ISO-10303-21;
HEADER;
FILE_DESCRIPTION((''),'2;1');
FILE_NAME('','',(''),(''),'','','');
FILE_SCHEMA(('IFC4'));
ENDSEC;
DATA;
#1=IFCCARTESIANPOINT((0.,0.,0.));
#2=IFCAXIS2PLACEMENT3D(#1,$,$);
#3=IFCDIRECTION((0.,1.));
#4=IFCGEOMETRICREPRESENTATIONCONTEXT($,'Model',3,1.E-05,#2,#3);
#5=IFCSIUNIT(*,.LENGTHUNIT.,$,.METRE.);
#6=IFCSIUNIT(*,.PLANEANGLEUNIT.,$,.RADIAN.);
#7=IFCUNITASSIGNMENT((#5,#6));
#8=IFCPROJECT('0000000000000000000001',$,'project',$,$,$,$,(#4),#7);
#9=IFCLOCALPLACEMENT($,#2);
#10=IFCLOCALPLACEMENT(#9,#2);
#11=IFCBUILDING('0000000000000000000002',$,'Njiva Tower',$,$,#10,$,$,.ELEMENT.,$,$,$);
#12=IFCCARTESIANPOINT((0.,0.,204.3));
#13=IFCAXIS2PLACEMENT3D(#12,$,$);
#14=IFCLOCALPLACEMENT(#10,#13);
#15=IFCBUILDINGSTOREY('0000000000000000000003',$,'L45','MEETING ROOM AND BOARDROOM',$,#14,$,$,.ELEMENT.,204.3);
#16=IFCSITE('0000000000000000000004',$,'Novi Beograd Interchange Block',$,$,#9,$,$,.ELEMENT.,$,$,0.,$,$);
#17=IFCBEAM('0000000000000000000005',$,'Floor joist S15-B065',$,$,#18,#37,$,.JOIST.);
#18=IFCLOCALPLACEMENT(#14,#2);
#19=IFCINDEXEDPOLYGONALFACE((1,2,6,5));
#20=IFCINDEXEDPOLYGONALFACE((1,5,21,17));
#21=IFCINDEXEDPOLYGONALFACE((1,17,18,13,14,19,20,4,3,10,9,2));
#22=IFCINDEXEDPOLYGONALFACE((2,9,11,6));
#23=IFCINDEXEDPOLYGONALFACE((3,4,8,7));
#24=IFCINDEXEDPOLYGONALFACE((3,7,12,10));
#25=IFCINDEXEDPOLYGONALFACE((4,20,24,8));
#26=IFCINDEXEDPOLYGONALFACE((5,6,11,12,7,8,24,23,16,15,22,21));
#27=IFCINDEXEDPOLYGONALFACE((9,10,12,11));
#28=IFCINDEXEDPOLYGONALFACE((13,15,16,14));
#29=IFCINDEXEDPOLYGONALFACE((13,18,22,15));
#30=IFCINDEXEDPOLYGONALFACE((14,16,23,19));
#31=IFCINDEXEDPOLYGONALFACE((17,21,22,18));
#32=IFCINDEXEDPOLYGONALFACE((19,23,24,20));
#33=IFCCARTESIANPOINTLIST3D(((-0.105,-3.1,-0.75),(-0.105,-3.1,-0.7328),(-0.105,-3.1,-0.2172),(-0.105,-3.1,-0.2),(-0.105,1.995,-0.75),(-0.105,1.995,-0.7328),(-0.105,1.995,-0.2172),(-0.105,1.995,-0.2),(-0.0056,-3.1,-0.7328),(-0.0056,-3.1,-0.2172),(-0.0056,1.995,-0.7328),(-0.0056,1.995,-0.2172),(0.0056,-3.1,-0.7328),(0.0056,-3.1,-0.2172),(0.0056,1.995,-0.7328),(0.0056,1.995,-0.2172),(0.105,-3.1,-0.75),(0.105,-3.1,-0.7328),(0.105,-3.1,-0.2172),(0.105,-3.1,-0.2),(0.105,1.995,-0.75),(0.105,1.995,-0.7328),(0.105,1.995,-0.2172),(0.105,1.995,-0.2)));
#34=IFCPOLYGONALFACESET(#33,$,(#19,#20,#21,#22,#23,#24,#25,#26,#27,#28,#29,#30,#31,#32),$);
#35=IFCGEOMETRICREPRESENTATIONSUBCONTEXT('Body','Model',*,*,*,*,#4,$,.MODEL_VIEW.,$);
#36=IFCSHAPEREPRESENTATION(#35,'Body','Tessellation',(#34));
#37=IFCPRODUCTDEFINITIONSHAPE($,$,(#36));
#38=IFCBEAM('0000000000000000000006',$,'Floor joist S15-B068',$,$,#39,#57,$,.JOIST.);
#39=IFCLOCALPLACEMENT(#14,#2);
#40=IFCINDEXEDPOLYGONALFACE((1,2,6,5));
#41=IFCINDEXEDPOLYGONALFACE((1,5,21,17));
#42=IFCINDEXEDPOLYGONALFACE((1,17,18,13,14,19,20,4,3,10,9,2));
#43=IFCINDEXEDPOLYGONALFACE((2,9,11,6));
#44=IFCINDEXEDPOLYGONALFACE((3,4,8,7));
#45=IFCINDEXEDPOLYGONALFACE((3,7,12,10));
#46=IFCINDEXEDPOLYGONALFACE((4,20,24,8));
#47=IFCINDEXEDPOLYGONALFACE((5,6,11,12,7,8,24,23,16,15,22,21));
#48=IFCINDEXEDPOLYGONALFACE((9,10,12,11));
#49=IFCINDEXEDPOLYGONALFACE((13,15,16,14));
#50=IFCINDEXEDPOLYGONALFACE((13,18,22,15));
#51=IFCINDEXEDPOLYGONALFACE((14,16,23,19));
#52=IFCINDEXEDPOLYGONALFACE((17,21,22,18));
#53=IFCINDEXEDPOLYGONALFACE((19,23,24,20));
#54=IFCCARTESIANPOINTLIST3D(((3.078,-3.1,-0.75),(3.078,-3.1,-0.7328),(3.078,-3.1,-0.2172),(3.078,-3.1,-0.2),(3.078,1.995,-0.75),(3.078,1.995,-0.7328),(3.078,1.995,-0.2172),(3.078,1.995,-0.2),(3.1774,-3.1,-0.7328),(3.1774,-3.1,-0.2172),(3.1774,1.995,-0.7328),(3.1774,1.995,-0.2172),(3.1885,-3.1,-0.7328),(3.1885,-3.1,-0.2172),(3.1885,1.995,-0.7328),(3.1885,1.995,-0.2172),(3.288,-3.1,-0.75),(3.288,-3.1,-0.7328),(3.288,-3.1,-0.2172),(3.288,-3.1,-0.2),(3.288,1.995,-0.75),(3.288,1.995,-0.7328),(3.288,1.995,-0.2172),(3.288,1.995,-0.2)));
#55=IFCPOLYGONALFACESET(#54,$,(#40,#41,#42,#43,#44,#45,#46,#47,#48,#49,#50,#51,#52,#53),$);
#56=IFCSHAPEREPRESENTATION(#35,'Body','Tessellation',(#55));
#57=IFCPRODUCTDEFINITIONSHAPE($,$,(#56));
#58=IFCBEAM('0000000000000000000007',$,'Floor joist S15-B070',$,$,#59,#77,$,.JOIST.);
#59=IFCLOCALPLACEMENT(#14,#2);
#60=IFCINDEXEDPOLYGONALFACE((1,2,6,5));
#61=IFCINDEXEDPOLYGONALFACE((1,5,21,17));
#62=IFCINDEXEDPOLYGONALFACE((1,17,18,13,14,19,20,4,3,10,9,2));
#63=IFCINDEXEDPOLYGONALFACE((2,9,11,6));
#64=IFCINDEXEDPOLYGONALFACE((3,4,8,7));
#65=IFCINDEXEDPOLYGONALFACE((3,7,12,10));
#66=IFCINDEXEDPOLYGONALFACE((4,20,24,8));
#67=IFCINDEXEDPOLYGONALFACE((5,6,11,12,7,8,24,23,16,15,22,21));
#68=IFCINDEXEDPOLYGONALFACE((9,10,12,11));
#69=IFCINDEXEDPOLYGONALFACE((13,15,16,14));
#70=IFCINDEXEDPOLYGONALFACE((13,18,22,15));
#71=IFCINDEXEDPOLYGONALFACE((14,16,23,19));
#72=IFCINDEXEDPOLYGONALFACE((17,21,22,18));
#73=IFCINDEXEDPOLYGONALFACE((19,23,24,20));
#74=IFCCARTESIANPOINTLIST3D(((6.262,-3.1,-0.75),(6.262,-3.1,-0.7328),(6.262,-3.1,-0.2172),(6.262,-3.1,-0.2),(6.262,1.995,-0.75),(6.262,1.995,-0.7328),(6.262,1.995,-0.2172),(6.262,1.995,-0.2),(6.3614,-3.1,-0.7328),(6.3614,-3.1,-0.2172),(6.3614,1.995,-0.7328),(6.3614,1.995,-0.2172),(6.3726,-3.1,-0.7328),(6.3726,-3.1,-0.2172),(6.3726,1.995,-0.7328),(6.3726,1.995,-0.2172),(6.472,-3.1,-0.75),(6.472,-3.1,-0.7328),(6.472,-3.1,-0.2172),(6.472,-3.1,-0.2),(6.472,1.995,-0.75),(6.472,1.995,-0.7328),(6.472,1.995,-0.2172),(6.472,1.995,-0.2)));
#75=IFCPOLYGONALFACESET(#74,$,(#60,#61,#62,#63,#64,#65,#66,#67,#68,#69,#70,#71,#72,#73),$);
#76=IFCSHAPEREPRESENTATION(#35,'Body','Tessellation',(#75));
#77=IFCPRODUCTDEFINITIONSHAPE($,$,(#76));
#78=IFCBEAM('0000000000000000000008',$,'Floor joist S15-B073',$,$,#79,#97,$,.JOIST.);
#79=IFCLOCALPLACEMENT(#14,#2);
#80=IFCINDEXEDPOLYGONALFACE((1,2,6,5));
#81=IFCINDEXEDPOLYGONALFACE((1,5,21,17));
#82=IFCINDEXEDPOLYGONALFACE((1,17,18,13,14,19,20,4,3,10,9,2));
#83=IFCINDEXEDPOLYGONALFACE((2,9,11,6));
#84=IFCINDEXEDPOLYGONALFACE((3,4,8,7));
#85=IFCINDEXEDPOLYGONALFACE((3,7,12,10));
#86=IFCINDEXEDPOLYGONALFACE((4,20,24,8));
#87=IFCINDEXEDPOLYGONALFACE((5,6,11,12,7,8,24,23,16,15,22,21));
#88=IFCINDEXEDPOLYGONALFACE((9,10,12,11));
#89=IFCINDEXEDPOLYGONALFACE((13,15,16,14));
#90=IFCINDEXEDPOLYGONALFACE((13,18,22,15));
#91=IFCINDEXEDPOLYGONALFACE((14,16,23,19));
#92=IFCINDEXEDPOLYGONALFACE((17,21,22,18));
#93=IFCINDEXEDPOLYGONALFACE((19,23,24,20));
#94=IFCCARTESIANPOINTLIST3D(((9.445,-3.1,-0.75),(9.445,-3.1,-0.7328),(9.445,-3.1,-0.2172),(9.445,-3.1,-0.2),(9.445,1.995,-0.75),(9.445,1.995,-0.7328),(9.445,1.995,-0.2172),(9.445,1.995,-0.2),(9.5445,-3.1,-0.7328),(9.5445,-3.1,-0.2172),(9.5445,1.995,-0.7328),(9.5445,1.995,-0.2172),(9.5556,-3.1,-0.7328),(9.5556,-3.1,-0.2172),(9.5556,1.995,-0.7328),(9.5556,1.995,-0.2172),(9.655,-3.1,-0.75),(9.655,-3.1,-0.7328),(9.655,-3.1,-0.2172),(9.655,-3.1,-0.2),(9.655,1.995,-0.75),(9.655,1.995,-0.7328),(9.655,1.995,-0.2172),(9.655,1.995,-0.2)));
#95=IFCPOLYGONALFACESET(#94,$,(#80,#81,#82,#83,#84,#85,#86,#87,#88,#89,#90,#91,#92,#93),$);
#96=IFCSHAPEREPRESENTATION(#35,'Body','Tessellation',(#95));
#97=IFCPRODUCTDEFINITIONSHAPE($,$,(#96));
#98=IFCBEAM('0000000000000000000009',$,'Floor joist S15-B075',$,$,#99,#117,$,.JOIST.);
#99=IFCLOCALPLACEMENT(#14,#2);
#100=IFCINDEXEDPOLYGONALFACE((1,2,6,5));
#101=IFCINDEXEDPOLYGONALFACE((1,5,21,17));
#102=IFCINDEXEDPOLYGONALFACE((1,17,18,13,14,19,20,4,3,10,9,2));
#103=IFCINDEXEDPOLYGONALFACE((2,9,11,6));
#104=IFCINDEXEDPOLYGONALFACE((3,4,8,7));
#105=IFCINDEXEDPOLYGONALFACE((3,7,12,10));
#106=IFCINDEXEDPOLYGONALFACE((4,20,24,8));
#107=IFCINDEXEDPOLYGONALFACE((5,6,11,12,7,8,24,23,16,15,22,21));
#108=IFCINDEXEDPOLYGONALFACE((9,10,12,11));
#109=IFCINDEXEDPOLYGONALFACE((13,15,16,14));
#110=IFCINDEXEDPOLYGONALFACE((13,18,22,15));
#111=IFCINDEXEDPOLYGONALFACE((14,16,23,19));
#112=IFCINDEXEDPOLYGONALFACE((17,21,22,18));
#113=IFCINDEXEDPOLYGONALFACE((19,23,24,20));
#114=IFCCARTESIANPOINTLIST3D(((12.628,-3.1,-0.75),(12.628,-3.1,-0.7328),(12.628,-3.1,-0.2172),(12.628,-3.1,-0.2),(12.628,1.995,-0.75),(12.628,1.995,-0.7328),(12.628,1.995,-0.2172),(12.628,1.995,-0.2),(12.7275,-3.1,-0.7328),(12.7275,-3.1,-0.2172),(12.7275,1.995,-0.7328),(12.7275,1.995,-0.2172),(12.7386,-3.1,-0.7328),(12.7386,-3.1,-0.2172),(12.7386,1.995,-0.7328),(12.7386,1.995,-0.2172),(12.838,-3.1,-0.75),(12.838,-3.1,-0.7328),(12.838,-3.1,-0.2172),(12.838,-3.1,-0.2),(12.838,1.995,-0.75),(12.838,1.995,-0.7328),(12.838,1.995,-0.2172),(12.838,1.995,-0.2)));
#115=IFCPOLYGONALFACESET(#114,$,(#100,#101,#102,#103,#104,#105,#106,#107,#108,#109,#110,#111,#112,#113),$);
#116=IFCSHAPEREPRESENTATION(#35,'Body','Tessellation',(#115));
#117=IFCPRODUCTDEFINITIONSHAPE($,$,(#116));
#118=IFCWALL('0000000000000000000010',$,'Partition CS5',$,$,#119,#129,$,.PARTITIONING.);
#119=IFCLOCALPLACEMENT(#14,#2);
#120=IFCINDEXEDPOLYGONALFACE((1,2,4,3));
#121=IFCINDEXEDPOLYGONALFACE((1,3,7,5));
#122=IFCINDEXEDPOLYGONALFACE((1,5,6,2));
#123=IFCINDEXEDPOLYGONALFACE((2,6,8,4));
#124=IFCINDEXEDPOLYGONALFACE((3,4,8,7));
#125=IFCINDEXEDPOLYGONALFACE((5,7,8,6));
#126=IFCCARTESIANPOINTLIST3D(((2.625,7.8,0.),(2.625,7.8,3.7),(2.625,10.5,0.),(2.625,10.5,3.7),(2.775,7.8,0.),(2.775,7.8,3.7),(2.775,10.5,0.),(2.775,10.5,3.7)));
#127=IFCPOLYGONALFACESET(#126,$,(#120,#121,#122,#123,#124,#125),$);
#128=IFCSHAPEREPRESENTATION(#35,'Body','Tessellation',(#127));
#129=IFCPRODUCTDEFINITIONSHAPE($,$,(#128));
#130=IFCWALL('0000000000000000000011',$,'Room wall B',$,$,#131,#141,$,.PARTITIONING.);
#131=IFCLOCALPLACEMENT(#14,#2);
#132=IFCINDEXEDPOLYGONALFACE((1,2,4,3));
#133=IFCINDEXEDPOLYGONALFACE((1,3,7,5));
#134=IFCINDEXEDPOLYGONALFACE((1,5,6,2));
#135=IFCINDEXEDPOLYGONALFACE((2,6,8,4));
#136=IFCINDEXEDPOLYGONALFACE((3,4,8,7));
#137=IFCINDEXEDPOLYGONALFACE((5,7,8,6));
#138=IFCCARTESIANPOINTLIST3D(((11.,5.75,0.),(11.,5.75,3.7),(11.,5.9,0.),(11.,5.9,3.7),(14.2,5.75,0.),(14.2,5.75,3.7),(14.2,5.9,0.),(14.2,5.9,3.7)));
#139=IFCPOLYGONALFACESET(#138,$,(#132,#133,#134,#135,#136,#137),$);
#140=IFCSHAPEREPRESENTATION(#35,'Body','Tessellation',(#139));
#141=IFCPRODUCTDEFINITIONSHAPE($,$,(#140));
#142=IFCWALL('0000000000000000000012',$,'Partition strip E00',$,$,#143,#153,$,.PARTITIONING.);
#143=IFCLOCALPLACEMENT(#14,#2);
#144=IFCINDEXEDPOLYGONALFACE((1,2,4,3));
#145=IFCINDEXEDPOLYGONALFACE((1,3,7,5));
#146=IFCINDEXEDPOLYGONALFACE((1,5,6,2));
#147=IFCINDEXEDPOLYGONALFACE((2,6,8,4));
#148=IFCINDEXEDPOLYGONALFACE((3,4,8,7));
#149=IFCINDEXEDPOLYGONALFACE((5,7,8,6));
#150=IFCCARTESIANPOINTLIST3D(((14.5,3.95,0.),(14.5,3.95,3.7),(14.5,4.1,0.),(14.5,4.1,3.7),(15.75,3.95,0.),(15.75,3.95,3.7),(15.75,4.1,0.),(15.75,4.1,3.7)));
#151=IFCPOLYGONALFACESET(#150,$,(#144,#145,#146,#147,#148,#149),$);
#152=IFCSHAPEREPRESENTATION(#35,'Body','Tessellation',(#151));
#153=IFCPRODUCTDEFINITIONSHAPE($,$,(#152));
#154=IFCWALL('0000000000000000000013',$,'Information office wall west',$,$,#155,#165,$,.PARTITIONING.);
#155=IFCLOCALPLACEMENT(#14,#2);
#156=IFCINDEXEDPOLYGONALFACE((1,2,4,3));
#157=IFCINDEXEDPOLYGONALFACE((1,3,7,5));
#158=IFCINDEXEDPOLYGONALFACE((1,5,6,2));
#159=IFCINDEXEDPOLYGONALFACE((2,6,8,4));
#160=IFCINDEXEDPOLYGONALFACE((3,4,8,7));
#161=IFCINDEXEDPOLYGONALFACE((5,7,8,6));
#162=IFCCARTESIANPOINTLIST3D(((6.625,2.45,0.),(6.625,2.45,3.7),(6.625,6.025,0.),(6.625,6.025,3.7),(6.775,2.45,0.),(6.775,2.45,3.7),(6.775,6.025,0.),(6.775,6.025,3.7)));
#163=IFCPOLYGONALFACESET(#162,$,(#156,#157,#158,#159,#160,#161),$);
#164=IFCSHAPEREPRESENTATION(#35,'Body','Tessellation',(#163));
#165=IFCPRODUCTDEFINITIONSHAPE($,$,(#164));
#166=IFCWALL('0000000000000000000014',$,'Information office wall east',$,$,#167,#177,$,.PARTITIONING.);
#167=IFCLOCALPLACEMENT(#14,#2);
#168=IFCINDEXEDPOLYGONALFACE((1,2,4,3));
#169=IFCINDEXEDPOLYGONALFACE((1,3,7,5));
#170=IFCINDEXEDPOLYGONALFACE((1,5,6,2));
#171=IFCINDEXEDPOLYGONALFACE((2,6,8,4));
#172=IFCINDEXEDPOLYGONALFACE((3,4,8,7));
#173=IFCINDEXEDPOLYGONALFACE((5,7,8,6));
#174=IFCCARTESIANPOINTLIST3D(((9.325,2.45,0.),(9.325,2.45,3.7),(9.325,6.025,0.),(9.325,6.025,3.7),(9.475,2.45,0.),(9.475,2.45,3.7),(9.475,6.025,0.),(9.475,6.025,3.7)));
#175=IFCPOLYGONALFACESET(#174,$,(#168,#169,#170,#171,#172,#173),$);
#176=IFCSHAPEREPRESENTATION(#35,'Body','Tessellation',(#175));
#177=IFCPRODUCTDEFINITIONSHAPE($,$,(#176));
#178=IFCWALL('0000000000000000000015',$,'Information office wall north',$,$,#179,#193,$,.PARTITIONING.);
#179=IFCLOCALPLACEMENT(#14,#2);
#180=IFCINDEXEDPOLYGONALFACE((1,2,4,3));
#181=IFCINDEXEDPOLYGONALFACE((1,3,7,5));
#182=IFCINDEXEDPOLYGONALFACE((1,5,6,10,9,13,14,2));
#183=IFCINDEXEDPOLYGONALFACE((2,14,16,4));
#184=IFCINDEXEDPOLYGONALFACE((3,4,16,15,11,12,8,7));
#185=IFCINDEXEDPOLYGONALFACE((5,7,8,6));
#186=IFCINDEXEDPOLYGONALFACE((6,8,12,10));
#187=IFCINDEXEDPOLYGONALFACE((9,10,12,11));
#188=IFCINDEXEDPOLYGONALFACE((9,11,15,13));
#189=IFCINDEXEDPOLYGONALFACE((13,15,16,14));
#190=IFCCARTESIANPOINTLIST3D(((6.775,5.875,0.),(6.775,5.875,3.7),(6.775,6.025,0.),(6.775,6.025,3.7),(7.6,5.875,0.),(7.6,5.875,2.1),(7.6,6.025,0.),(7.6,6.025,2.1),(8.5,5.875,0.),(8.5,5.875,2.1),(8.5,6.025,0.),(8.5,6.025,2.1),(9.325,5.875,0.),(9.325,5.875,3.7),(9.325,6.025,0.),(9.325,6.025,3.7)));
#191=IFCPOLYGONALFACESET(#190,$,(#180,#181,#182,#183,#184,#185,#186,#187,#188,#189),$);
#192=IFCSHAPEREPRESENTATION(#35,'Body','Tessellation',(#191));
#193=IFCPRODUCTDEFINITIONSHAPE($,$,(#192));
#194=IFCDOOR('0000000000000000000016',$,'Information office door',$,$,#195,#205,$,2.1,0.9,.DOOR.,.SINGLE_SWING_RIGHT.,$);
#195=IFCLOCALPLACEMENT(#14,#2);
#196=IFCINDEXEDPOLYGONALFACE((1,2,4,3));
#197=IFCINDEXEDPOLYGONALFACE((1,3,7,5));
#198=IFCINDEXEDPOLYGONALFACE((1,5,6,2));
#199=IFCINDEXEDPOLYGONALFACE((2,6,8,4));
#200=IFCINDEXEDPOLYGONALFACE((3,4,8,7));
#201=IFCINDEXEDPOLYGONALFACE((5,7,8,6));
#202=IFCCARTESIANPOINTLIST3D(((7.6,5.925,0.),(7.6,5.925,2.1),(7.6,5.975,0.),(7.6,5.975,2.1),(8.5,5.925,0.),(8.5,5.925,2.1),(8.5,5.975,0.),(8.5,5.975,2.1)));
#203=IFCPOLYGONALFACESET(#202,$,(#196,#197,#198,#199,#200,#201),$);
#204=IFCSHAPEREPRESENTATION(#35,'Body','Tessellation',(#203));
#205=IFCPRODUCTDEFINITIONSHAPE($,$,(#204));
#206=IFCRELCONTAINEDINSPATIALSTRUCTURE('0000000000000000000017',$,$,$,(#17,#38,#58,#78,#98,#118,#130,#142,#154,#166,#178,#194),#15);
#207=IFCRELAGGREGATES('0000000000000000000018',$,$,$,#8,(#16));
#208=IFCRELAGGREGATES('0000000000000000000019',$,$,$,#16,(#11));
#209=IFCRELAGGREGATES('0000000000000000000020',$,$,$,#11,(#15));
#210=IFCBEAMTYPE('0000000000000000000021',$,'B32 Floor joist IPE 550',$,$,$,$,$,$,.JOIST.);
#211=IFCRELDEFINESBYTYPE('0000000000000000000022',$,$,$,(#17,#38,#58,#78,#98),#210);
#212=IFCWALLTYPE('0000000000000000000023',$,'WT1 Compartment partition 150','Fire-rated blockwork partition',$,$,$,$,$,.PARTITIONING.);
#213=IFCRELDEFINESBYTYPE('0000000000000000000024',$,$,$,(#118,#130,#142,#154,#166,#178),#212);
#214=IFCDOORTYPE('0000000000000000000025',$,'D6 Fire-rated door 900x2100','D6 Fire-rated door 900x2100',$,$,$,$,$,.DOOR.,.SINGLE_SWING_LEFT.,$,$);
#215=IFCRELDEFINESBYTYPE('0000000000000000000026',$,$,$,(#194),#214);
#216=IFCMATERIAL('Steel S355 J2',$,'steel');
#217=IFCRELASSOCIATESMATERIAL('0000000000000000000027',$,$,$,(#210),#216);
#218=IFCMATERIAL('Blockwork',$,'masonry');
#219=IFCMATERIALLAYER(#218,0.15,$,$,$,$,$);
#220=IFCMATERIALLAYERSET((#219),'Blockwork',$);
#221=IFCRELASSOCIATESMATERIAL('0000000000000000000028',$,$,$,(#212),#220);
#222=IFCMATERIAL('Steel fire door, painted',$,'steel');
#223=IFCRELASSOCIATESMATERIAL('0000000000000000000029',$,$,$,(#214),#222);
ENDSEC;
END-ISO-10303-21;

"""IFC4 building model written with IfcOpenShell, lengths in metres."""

from ifc_helpers import new_model, si_unit, direction, frame, frame_2d, origin, origin_2d, place, context, subcontext, project, spatial, rectangle, i_section, extrude, material, layer, layer_set, material_profile, profile_set, type_object, element, fill, save


model = new_model("IFC4")

# Units and contexts
model_context = context("Model", 3, precision=1e-05, world=origin(), true_north=direction((0.0, 1.0)))
body_context = subcontext(model_context, "Body", "Model", "MODEL_VIEW")
ifc_project = project(units=[si_unit("LENGTHUNIT", "METRE"), si_unit("PLANEANGLEUNIT", "RADIAN")], contexts=[model_context])

# Site, building, storey
site_placement = place(None, origin())
site = spatial("IfcSite", under=ifc_project, at=site_placement, Name="Novi Beograd Interchange Block", CompositionType="ELEMENT", RefElevation=0.0)
building_placement = place(site_placement, origin())
building = spatial("IfcBuilding", under=site, at=building_placement, Name="Njiva Tower", CompositionType="ELEMENT")
storey_placement = place(building_placement, frame((0.0, 0.0, 204.3)))
storey = spatial("IfcBuildingStorey", under=building, at=storey_placement, Name="L45", Description="MEETING ROOM AND BOARDROOM", CompositionType="ELEMENT", Elevation=204.3)

# Beams
ifc_material_1 = material(Name="Steel S355 J2", Category="steel")
ifc_material_profile = material_profile(ifc_material_1, i_section(OverallWidth=0.21, OverallDepth=0.55, WebThickness=0.0111, FlangeThickness=0.0172, at=origin_2d()), Name="IPE 550")
ifc_profile_set = profile_set([ifc_material_profile], Name="Steel S355 J2")
beam_type = type_object("IfcBeamType", Name="B32 Floor joist IPE 550", PredefinedType="JOIST", material=ifc_profile_set)
for number, where, z_axis, x_axis, name in (
    (1, (0.0, 1.995, -0.475), (0.0, -1.0, 0.0), (1.0, 0.0, 0.0), "Floor joist S15-B065"),
    (2, (3.183, 1.995, -0.475), (0.0, -1.0, 0.0), (1.0, 0.0, 0.0), "Floor joist S15-B068"),
    (3, (6.367, 1.995, -0.475), (0.0, -1.0, 0.0), (1.0, 0.0, 0.0), "Floor joist S15-B070"),
    (4, (9.55, 1.995, -0.475), (0.0, -1.0, 0.0), (1.0, 0.0, 0.0), "Floor joist S15-B073"),
    (5, (12.733, 1.995, -0.475), (0.0, -1.0, 0.0), (1.0, 0.0, 0.0), "Floor joist S15-B075"),
):
    element("IfcBeam", number, at=place(storey_placement, frame(where, z_axis=z_axis, x_axis=x_axis)), inside=storey, type_object=beam_type, Name=name, PredefinedType="JOIST", context=body_context, shape_type="SweptSolid", body=[
        extrude(i_section(OverallWidth=0.21, OverallDepth=0.55, WebThickness=0.0111, FlangeThickness=0.0172, at=origin_2d()), origin(), (0.0, 0.0, 1.0), 5.095),
    ])

# Walls
ifc_material_2 = material(Name="Blockwork", Category="masonry")
ifc_layer_1 = layer(ifc_material_2, 0.15)
ifc_layer_set_1 = layer_set([ifc_layer_1], Name="Blockwork")
wall_type_1 = type_object("IfcWallType", Name="WT1 Compartment partition 150", Description="Fire-rated blockwork partition", PredefinedType="PARTITIONING", material=ifc_layer_set_1)
wall_1_placement = place(storey_placement, frame((2.7, 7.8, 0.0), z_axis=(0.0, 0.0, 1.0), x_axis=(0.0, 1.0, 0.0)))
element("IfcWall", 6, at=wall_1_placement, inside=storey, type_object=wall_type_1, Name="Partition CS5", PredefinedType="PARTITIONING", context=body_context, shape_type="SweptSolid", body=[
    extrude(rectangle(XDim=2.7, YDim=0.15, at=frame_2d((1.35, 0.0))), origin(), (0.0, 0.0, 1.0), 3.7),
])
wall_2_placement = place(storey_placement, frame((11.0, 5.825, 0.0), z_axis=(0.0, 0.0, 1.0), x_axis=(1.0, 0.0, 0.0)))
element("IfcWall", 7, at=wall_2_placement, inside=storey, type_object=wall_type_1, Name="Room wall B", PredefinedType="PARTITIONING", context=body_context, shape_type="SweptSolid", body=[
    extrude(rectangle(XDim=3.2, YDim=0.15, at=frame_2d((1.6, 0.0))), origin(), (0.0, 0.0, 1.0), 3.7),
])
wall_3_placement = place(storey_placement, frame((14.5, 4.025, 0.0), z_axis=(0.0, 0.0, 1.0), x_axis=(1.0, 0.0, 0.0)))
element("IfcWall", 8, at=wall_3_placement, inside=storey, type_object=wall_type_1, Name="Partition strip E00", PredefinedType="PARTITIONING", context=body_context, shape_type="SweptSolid", body=[
    extrude(rectangle(XDim=1.25, YDim=0.15, at=frame_2d((0.625, 0.0))), origin(), (0.0, 0.0, 1.0), 3.7),
])
for number, where, z_axis, x_axis, name in (
    (9, (6.7, 2.45, 0.0), (0.0, 0.0, 1.0), (0.0, 1.0, 0.0), "Information office wall west"),
    (10, (9.4, 2.45, 0.0), (0.0, 0.0, 1.0), (0.0, 1.0, 0.0), "Information office wall east"),
):
    element("IfcWall", number, at=place(storey_placement, frame(where, z_axis=z_axis, x_axis=x_axis)), inside=storey, type_object=wall_type_1, Name=name, PredefinedType="PARTITIONING", context=body_context, shape_type="SweptSolid", body=[
        extrude(rectangle(XDim=3.575, YDim=0.15, at=frame_2d((1.7875, 0.0))), origin(), (0.0, 0.0, 1.0), 3.7),
    ])

# Wall, opening, door
wall_4_placement = place(storey_placement, frame((6.775, 5.95, 0.0), z_axis=(0.0, 0.0, 1.0), x_axis=(1.0, 0.0, 0.0)))
wall_4 = element("IfcWall", 11, at=wall_4_placement, inside=storey, type_object=wall_type_1, Name="Information office wall north", PredefinedType="PARTITIONING", context=body_context, shape_type="SweptSolid", body=[
    extrude(rectangle(XDim=2.55, YDim=0.15, at=frame_2d((1.275, 0.0))), origin(), (0.0, 0.0, 1.0), 3.7),
])
opening_1_placement = place(wall_4_placement, frame((0.825, 0.0, 0.0)))
opening_1 = element("IfcOpeningElement", 12, at=opening_1_placement, cuts=wall_4, PredefinedType="OPENING", context=body_context, shape_type="SweptSolid", body=[
    extrude(rectangle(XDim=0.9, YDim=2.1, at=frame_2d((0.45, 1.05))), frame((0.0, 0.085, 0.0), z_axis=(0.0, -1.0, 0.0), x_axis=(1.0, 0.0, 0.0)), (0.0, 0.0, 1.0), 0.17),
])
ifc_material_3 = material(Name="Steel fire door, painted", Category="steel")
door_type_1 = type_object("IfcDoorType", Name="D6 Fire-rated door 900x2100", Description="D6 Fire-rated door 900x2100", OperationType="SINGLE_SWING_LEFT", PredefinedType="DOOR", material=ifc_material_3)
door_1_placement = place(opening_1_placement, origin())
door_1 = element("IfcDoor", 13, at=door_1_placement, inside=storey, type_object=door_type_1, Name="Information office door", OperationType="SINGLE_SWING_RIGHT", OverallHeight=2.1, OverallWidth=0.9, PredefinedType="DOOR", context=body_context, shape_type="SweptSolid", body=[
    extrude(rectangle(XDim=0.9, YDim=2.1, at=frame_2d((0.45, 1.05))), frame((0.0, 0.025, 0.0), z_axis=(0.0, -1.0, 0.0), x_axis=(1.0, 0.0, 0.0)), (0.0, 0.0, 1.0), 0.05),
])
fill(opening_1, door_1)

save(model, "model.ifc")
